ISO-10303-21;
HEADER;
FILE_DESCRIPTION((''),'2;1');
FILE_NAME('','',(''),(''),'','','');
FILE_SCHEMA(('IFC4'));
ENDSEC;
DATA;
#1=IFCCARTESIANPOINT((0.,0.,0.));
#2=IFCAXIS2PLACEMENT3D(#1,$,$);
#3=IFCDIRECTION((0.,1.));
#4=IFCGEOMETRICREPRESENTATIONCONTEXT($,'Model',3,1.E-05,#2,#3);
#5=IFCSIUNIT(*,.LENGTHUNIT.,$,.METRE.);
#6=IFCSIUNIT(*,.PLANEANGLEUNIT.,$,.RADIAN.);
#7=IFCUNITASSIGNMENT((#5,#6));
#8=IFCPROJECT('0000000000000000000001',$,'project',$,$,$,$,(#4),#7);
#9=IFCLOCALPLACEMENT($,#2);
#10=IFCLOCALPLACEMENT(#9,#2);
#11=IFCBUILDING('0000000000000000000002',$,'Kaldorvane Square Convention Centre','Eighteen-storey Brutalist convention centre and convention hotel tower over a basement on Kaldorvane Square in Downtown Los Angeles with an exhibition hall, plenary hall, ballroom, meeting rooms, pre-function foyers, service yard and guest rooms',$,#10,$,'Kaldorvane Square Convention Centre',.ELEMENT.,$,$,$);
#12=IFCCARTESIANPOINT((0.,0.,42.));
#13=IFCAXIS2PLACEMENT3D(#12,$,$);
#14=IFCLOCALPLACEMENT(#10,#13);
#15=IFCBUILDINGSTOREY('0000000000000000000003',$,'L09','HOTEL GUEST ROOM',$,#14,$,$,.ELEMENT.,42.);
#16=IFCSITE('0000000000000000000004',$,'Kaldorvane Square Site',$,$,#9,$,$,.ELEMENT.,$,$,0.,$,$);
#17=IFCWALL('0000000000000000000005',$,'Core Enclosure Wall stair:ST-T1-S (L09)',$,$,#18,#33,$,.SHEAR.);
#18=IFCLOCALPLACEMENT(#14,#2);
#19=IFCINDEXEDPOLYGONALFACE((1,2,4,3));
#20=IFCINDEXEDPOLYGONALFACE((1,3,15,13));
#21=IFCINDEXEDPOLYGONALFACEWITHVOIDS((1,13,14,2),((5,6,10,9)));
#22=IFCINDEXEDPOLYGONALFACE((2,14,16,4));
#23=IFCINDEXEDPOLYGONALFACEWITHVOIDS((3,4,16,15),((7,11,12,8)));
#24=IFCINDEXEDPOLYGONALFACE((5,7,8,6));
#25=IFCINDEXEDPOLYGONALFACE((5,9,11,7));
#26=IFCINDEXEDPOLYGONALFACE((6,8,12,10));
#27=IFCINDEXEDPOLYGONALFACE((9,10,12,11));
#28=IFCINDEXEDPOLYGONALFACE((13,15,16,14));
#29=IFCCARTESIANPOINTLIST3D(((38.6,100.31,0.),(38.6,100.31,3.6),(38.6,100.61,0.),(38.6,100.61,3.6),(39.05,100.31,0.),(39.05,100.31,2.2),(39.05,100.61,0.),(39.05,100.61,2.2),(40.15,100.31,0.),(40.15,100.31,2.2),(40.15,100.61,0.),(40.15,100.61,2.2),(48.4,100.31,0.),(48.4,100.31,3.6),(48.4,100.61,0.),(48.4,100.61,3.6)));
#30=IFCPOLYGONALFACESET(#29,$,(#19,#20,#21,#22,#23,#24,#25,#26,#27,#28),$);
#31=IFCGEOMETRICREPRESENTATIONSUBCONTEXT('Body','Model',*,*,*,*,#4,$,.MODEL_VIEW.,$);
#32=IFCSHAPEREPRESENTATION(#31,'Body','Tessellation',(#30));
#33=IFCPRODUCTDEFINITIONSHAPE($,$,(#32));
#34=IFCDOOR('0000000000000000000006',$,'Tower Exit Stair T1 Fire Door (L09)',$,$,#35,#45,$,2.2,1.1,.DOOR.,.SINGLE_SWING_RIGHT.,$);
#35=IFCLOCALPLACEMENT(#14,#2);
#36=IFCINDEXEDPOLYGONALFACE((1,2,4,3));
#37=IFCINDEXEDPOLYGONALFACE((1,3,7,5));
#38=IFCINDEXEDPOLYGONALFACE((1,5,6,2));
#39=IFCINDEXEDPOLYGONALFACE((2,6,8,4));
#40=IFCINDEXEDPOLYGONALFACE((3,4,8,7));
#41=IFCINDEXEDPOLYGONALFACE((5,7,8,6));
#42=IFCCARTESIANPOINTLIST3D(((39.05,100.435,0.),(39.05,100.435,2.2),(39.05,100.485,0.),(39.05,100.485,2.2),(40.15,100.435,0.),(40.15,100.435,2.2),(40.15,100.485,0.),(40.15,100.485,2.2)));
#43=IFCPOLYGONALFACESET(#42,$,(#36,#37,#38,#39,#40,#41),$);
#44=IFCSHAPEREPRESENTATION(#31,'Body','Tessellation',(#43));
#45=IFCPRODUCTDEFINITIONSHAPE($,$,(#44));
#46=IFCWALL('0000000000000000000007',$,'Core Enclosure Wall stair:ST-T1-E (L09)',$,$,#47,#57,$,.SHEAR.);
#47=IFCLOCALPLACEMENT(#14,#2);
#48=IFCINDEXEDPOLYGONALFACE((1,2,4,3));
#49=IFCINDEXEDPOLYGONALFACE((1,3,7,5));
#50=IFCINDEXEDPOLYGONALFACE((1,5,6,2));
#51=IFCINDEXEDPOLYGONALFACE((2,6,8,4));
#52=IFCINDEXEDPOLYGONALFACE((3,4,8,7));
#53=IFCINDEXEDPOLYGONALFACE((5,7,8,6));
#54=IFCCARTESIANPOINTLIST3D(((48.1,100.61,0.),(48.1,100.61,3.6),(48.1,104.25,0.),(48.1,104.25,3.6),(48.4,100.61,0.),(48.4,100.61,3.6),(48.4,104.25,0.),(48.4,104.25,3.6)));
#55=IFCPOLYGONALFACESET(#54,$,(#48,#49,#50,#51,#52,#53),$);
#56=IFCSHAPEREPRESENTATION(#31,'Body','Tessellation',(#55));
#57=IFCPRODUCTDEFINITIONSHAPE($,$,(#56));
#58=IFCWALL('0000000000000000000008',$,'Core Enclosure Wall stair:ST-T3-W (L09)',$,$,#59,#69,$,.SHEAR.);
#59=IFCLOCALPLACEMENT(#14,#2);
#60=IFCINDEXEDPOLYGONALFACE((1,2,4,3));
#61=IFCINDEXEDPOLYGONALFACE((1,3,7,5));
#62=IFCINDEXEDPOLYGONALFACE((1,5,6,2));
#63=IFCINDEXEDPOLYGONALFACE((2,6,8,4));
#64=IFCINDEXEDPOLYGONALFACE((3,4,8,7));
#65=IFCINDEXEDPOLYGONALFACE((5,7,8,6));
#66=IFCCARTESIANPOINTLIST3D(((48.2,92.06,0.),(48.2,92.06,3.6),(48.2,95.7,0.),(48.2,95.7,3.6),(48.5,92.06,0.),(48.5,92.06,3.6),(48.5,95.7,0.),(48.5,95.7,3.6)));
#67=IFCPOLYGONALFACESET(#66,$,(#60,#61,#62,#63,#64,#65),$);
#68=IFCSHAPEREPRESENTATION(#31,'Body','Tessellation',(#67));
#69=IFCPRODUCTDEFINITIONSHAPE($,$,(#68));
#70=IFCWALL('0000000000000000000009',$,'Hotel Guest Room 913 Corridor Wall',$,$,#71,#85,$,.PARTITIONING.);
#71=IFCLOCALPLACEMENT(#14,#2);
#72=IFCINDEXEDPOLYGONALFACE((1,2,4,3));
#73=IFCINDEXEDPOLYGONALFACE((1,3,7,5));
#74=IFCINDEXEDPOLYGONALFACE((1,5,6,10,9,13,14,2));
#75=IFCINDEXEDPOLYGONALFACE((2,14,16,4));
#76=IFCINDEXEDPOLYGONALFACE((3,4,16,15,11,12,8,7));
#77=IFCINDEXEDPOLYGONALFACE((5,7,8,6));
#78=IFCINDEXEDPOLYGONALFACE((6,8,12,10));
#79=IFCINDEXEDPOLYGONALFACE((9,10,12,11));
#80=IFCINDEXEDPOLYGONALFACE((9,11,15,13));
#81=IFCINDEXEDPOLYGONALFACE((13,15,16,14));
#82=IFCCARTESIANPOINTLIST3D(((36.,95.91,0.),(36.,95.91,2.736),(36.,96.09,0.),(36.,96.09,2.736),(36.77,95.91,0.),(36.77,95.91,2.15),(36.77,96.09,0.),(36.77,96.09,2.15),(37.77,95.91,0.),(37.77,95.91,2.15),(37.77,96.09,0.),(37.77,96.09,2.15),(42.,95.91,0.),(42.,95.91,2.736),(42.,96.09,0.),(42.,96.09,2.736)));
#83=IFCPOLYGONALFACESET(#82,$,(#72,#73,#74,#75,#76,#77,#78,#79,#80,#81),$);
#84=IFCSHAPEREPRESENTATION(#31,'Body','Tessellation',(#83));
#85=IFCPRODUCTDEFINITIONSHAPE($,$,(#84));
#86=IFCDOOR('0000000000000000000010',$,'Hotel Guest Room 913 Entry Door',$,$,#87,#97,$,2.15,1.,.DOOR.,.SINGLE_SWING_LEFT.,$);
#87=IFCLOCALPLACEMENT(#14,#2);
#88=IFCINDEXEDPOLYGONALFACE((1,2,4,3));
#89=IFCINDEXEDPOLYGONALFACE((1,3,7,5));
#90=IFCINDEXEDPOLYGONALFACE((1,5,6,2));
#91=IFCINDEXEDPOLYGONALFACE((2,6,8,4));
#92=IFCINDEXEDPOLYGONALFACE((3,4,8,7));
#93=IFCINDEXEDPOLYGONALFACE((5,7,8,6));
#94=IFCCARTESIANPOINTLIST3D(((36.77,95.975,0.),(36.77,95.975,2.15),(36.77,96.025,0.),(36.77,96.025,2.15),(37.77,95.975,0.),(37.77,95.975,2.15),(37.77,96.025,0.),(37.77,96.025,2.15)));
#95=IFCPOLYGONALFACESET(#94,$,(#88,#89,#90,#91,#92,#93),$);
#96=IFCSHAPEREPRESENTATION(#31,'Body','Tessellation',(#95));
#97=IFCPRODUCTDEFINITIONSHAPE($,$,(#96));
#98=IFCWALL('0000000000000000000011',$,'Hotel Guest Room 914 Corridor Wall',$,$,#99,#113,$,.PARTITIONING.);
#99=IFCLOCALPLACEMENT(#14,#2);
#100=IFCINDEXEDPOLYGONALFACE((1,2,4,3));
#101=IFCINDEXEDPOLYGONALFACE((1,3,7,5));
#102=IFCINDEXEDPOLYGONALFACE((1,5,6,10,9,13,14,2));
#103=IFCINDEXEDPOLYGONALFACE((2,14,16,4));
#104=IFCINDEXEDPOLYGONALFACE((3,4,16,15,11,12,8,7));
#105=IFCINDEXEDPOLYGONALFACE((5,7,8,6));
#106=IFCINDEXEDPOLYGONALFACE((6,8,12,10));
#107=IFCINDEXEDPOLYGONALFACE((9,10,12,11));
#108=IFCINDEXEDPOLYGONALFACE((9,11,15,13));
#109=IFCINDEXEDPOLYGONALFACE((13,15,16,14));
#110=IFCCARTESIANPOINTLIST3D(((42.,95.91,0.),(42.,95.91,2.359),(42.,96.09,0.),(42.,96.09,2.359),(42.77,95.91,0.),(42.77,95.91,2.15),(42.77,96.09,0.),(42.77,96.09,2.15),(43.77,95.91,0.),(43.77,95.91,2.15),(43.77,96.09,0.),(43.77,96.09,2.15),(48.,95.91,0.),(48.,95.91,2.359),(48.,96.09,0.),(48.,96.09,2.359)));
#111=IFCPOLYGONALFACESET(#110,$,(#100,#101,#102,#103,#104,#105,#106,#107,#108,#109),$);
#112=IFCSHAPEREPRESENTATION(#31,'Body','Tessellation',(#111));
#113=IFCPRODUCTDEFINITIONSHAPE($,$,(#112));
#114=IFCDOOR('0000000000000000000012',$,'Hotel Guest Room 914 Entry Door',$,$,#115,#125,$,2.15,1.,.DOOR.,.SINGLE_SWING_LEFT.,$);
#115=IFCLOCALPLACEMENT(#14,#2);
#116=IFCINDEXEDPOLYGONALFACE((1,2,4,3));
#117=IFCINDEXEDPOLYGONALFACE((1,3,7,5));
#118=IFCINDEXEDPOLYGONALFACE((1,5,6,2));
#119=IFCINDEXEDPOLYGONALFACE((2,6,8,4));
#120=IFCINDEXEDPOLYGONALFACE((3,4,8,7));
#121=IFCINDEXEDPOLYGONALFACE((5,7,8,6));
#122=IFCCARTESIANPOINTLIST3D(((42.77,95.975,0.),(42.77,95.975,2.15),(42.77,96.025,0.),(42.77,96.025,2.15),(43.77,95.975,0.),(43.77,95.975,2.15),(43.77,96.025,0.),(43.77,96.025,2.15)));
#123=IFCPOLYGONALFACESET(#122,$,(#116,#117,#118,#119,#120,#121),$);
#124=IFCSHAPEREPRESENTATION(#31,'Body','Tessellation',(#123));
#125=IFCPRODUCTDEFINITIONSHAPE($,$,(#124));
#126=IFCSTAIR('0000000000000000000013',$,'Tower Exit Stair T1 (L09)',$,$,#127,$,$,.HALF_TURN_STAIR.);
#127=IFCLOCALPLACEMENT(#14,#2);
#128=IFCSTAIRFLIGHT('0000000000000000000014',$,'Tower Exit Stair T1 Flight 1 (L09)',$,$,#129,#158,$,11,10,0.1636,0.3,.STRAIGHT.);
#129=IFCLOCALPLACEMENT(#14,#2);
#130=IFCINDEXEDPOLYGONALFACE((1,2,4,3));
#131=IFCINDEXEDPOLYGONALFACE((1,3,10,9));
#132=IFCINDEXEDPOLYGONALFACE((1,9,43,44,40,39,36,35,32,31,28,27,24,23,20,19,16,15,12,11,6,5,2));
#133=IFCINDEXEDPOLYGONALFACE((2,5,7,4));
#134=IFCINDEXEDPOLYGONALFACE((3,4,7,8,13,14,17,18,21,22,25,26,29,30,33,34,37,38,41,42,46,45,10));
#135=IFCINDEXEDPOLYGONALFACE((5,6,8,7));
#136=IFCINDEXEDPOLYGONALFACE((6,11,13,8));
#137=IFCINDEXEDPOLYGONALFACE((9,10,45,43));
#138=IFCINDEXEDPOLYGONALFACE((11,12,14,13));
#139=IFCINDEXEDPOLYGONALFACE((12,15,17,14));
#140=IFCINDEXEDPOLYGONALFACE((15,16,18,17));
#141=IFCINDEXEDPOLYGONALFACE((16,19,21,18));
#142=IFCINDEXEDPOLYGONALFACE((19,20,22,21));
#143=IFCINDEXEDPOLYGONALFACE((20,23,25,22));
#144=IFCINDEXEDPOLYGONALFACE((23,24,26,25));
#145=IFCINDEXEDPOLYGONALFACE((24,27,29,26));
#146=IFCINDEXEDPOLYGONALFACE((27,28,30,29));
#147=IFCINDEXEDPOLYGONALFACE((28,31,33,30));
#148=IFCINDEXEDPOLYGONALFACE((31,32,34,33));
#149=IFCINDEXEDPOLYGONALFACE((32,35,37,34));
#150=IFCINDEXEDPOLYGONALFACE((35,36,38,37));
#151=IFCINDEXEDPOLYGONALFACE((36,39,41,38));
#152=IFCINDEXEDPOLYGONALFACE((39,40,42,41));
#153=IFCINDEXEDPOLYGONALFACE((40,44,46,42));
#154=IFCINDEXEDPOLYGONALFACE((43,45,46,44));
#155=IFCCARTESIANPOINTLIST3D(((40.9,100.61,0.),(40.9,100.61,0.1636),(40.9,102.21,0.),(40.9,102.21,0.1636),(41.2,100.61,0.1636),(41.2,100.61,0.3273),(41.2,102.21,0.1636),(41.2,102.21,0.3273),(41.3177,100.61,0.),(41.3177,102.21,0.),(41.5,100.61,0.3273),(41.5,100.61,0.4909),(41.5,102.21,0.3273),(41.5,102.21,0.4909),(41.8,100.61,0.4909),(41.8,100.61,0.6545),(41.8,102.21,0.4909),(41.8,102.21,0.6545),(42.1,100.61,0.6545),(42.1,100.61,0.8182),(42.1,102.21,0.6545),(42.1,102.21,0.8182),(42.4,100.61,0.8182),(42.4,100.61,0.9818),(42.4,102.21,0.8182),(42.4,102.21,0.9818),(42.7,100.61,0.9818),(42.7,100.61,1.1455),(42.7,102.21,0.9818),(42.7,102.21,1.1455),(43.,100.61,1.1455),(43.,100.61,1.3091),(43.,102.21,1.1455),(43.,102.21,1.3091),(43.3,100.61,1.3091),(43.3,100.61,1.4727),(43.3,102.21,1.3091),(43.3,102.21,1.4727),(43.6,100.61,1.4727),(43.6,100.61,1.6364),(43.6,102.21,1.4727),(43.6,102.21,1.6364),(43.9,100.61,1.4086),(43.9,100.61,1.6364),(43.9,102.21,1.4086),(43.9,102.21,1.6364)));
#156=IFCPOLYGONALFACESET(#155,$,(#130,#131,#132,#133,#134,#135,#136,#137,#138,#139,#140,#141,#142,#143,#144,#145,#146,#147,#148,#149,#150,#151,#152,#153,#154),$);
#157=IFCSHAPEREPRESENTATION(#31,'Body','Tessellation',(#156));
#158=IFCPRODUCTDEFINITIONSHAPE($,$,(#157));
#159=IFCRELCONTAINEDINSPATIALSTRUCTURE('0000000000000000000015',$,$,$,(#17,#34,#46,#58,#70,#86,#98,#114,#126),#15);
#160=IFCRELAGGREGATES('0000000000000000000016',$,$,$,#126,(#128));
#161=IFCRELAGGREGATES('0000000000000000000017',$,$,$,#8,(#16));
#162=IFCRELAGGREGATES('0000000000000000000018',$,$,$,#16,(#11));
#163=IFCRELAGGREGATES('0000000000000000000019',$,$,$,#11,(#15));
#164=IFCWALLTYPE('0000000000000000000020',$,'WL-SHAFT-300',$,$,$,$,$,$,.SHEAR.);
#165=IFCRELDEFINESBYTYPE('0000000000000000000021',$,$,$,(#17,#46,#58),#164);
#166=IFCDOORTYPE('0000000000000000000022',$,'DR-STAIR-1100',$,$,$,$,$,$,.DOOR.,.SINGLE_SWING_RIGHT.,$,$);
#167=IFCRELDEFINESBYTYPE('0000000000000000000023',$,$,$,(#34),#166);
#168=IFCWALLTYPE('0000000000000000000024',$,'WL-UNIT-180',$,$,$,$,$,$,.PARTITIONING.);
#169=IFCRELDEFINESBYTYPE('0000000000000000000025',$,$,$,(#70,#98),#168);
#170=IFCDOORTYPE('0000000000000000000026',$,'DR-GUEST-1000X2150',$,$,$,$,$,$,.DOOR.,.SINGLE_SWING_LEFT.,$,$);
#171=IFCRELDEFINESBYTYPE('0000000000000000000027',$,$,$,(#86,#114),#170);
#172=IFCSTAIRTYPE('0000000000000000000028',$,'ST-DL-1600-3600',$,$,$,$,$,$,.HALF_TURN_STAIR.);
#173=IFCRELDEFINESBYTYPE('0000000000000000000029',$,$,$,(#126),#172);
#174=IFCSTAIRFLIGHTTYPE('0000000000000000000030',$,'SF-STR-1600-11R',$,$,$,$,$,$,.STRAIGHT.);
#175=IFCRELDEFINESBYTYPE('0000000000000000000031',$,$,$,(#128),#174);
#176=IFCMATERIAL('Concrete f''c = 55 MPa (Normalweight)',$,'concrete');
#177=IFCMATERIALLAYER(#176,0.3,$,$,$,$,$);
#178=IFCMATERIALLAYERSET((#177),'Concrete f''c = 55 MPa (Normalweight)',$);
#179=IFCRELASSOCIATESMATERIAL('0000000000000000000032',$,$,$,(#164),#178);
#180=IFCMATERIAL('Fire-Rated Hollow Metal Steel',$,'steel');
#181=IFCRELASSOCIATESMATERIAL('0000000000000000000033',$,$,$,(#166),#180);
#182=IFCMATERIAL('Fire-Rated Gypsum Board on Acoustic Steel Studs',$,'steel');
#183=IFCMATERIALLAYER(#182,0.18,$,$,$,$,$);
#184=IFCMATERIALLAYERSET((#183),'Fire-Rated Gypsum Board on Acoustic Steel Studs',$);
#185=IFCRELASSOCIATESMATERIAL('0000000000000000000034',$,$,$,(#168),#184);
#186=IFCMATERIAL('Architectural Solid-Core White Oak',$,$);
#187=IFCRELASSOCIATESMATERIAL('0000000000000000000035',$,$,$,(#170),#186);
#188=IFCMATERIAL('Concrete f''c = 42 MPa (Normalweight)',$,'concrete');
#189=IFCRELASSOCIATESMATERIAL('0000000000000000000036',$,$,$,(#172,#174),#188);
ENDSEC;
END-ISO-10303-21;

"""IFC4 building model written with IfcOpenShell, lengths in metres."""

from ifc_helpers import new_model, si_unit, direction, frame, frame_2d, origin, place, context, subcontext, project, spatial, polyline, rectangle, outline, extrude, material, layer, layer_set, type_object, element, fill, aggregate, save


model = new_model("IFC4")

# Units and contexts
model_context = context("Model", 3, precision=1e-05, world=origin(), true_north=direction((0.0, 1.0)))
body_context = subcontext(model_context, "Body", "Model", "MODEL_VIEW")
ifc_project = project(units=[si_unit("LENGTHUNIT", "METRE"), si_unit("PLANEANGLEUNIT", "RADIAN")], contexts=[model_context])

# Site, building, storey
site_placement = place(None, origin())
site = spatial("IfcSite", under=ifc_project, at=site_placement, Name="Kaldorvane Square Site", CompositionType="ELEMENT", RefElevation=0.0)
building_placement = place(site_placement, origin())
building = spatial("IfcBuilding", under=site, at=building_placement, Name="Kaldorvane Square Convention Centre", Description="Eighteen-storey Brutalist convention centre and convention hotel tower over a basement on Kaldorvane Square in Downtown Los Angeles with an exhibition hall, plenary hall, ballroom, meeting rooms, pre-function foyers, service yard and guest rooms", LongName="Kaldorvane Square Convention Centre", CompositionType="ELEMENT")
storey_placement = place(building_placement, frame((0.0, 0.0, 42.0)))
storey = spatial("IfcBuildingStorey", under=building, at=storey_placement, Name="L09", Description="HOTEL GUEST ROOM", CompositionType="ELEMENT", Elevation=42.0)

# Shared definitions
ifc_material_1 = material(Name="Fire-Rated Gypsum Board on Acoustic Steel Studs", Category="steel")
ifc_material_2 = material(Name="Architectural Solid-Core White Oak")

# Wall, opening, door
ifc_material_3 = material(Name="Concrete f'c = 55 MPa (Normalweight)", Category="concrete")
ifc_layer_1 = layer(ifc_material_3, 0.3)
ifc_layer_set_1 = layer_set([ifc_layer_1], Name="Concrete f'c = 55 MPa (Normalweight)")
wall_type_1 = type_object("IfcWallType", Name="WL-SHAFT-300", PredefinedType="SHEAR", material=ifc_layer_set_1)
wall_1_placement = place(storey_placement, frame((38.6, 100.46, 0.0), z_axis=(0.0, 0.0, 1.0), x_axis=(1.0, 0.0, 0.0)))
wall_1 = element("IfcWall", 1, at=wall_1_placement, inside=storey, type_object=wall_type_1, Name="Core Enclosure Wall stair:ST-T1-S (L09)", PredefinedType="SHEAR", context=body_context, shape_type="SweptSolid", body=[
    extrude(rectangle(XDim=9.8, YDim=0.3, at=frame_2d((4.9, 0.0))), origin(), (0.0, 0.0, 1.0), 3.6),
])
opening_1_placement = place(wall_1_placement, frame((0.45, 0.0, 0.0)))
opening_1 = element("IfcOpeningElement", 2, at=opening_1_placement, cuts=wall_1, PredefinedType="OPENING", context=body_context, shape_type="SweptSolid", body=[
    extrude(rectangle(XDim=1.1, YDim=2.2, at=frame_2d((0.55, 1.1))), frame((0.0, 0.165, 0.0), z_axis=(0.0, -1.0, 0.0), x_axis=(1.0, 0.0, 0.0)), (0.0, 0.0, 1.0), 0.33),
])
ifc_material_4 = material(Name="Fire-Rated Hollow Metal Steel", Category="steel")
door_type_1 = type_object("IfcDoorType", Name="DR-STAIR-1100", OperationType="SINGLE_SWING_RIGHT", PredefinedType="DOOR", material=ifc_material_4)
door_1_placement = place(opening_1_placement, origin())
door_1 = element("IfcDoor", 3, at=door_1_placement, inside=storey, type_object=door_type_1, Name="Tower Exit Stair T1 Fire Door (L09)", OperationType="SINGLE_SWING_RIGHT", OverallHeight=2.2, OverallWidth=1.1, PredefinedType="DOOR", context=body_context, shape_type="SweptSolid", body=[
    extrude(rectangle(XDim=1.1, YDim=2.2, at=frame_2d((0.55, 1.1))), frame((0.0, 0.025, 0.0), z_axis=(0.0, -1.0, 0.0), x_axis=(1.0, 0.0, 0.0)), (0.0, 0.0, 1.0), 0.05),
])
fill(opening_1, door_1)

# Walls
for number, where, z_axis, x_axis, name in (
    (4, (48.25, 100.61, 0.0), (0.0, 0.0, 1.0), (0.0, 1.0, 0.0), "Core Enclosure Wall stair:ST-T1-E (L09)"),
    (5, (48.35, 95.7, 0.0), (0.0, 0.0, 1.0), (0.0, -1.0, 0.0), "Core Enclosure Wall stair:ST-T3-W (L09)"),
):
    element("IfcWall", number, at=place(storey_placement, frame(where, z_axis=z_axis, x_axis=x_axis)), inside=storey, type_object=wall_type_1, Name=name, PredefinedType="SHEAR", context=body_context, shape_type="SweptSolid", body=[
        extrude(rectangle(XDim=3.64, YDim=0.3, at=frame_2d((1.82, 0.0))), origin(), (0.0, 0.0, 1.0), 3.6),
    ])

# Walls, openings, doors
ifc_layer_2 = layer(ifc_material_1, 0.18)
ifc_layer_set_2 = layer_set([ifc_layer_2], Name="Fire-Rated Gypsum Board on Acoustic Steel Studs")
wall_type_2 = type_object("IfcWallType", Name="WL-UNIT-180", PredefinedType="PARTITIONING", material=ifc_layer_set_2)
wall_2_placement = place(storey_placement, frame((36.0, 96.0, 0.0), z_axis=(0.0, 0.0, 1.0), x_axis=(1.0, 0.0, 0.0)))
wall_2 = element("IfcWall", 6, at=wall_2_placement, inside=storey, type_object=wall_type_2, Name="Hotel Guest Room 913 Corridor Wall", PredefinedType="PARTITIONING", context=body_context, shape_type="SweptSolid", body=[
    extrude(rectangle(XDim=6.0, YDim=0.18, at=frame_2d((3.0, 0.0))), origin(), (0.0, 0.0, 1.0), 2.736),
])
opening_2_placement = place(wall_2_placement, frame((0.77, 0.0, 0.0)))
opening_2 = element("IfcOpeningElement", 7, at=opening_2_placement, cuts=wall_2, PredefinedType="OPENING", context=body_context, shape_type="SweptSolid", body=[
    extrude(rectangle(XDim=1.0, YDim=2.15, at=frame_2d((0.5, 1.075))), frame((0.0, 0.105, 0.0), z_axis=(0.0, -1.0, 0.0), x_axis=(1.0, 0.0, 0.0)), (0.0, 0.0, 1.0), 0.21),
])
door_type_2 = type_object("IfcDoorType", Name="DR-GUEST-1000X2150", OperationType="SINGLE_SWING_LEFT", PredefinedType="DOOR", material=ifc_material_2)
door_2_placement = place(opening_2_placement, origin())
door_2 = element("IfcDoor", 8, at=door_2_placement, inside=storey, type_object=door_type_2, Name="Hotel Guest Room 913 Entry Door", OperationType="SINGLE_SWING_LEFT", OverallHeight=2.15, OverallWidth=1.0, PredefinedType="DOOR", context=body_context, shape_type="SweptSolid", body=[
    extrude(rectangle(XDim=1.0, YDim=2.15, at=frame_2d((0.5, 1.075))), frame((0.0, 0.025, 0.0), z_axis=(0.0, -1.0, 0.0), x_axis=(1.0, 0.0, 0.0)), (0.0, 0.0, 1.0), 0.05),
])
fill(opening_2, door_2)
wall_3_placement = place(storey_placement, frame((42.0, 96.0, 0.0), z_axis=(0.0, 0.0, 1.0), x_axis=(1.0, 0.0, 0.0)))
wall_3 = element("IfcWall", 9, at=wall_3_placement, inside=storey, type_object=wall_type_2, Name="Hotel Guest Room 914 Corridor Wall", PredefinedType="PARTITIONING", context=body_context, shape_type="SweptSolid", body=[
    extrude(rectangle(XDim=6.0, YDim=0.18, at=frame_2d((3.0, 0.0))), origin(), (0.0, 0.0, 1.0), 2.359),
])
opening_3_placement = place(wall_3_placement, frame((0.77, 0.0, 0.0)))
opening_3 = element("IfcOpeningElement", 10, at=opening_3_placement, cuts=wall_3, PredefinedType="OPENING", context=body_context, shape_type="SweptSolid", body=[
    extrude(rectangle(XDim=1.0, YDim=2.15, at=frame_2d((0.5, 1.075))), frame((0.0, 0.105, 0.0), z_axis=(0.0, -1.0, 0.0), x_axis=(1.0, 0.0, 0.0)), (0.0, 0.0, 1.0), 0.21),
])
door_3_placement = place(opening_3_placement, origin())
door_3 = element("IfcDoor", 11, at=door_3_placement, inside=storey, type_object=door_type_2, Name="Hotel Guest Room 914 Entry Door", OperationType="SINGLE_SWING_LEFT", OverallHeight=2.15, OverallWidth=1.0, PredefinedType="DOOR", context=body_context, shape_type="SweptSolid", body=[
    extrude(rectangle(XDim=1.0, YDim=2.15, at=frame_2d((0.5, 1.075))), frame((0.0, 0.025, 0.0), z_axis=(0.0, -1.0, 0.0), x_axis=(1.0, 0.0, 0.0)), (0.0, 0.0, 1.0), 0.05),
])
fill(opening_3, door_3)

# Stair, stair flight
ifc_material_5 = material(Name="Concrete f'c = 42 MPa (Normalweight)", Category="concrete")
stair_type = type_object("IfcStairType", Name="ST-DL-1600-3600", PredefinedType="HALF_TURN_STAIR", material=ifc_material_5)
stair_1_placement = place(storey_placement, origin())
stair_1 = element("IfcStair", 12, at=stair_1_placement, inside=storey, type_object=stair_type, Name="Tower Exit Stair T1 (L09)", PredefinedType="HALF_TURN_STAIR")
stair_flight_type = type_object("IfcStairFlightType", Name="SF-STR-1600-11R", PredefinedType="STRAIGHT", material=ifc_material_5)
stair_flight_1_placement = place(storey_placement, frame((40.9, 101.41, 0.0), z_axis=(0.0, 0.0, 1.0), x_axis=(1.0, 0.0, 0.0)))
stair_flight_1 = element("IfcStairFlight", 13, at=stair_flight_1_placement, type_object=stair_flight_type, Name="Tower Exit Stair T1 Flight 1 (L09)", NumberOfRisers=11, NumberOfTreads=10, PredefinedType="STRAIGHT", RiserHeight=0.1636, TreadLength=0.3, context=body_context, shape_type="SweptSolid", body=[
    extrude(outline(polyline([(0.0, 0.0), (0.0, 0.1636), (0.3, 0.1636), (0.3, 0.3273), (0.6, 0.3273), (0.6, 0.4909), (0.9, 0.4909), (0.9, 0.6545), (1.2, 0.6545), (1.2, 0.8182), (1.5, 0.8182), (1.5, 0.9818), (1.8, 0.9818), (1.8, 1.1455), (2.1, 1.1455), (2.1, 1.3091), (2.4, 1.3091), (2.4, 1.4727), (2.7, 1.4727), (2.7, 1.6364), (3.0, 1.6364), (3.0, 1.8), (3.0, 1.4086), (0.4177, 0.0), (0.0, 0.0)])), frame((0.0, 0.8, 0.0), z_axis=(0.0, -1.0, 0.0), x_axis=(1.0, 0.0, 0.0)), (0.0, 0.0, 1.0), 1.6),
])
aggregate(stair_1, [stair_flight_1])

save(model, "model.ifc")
